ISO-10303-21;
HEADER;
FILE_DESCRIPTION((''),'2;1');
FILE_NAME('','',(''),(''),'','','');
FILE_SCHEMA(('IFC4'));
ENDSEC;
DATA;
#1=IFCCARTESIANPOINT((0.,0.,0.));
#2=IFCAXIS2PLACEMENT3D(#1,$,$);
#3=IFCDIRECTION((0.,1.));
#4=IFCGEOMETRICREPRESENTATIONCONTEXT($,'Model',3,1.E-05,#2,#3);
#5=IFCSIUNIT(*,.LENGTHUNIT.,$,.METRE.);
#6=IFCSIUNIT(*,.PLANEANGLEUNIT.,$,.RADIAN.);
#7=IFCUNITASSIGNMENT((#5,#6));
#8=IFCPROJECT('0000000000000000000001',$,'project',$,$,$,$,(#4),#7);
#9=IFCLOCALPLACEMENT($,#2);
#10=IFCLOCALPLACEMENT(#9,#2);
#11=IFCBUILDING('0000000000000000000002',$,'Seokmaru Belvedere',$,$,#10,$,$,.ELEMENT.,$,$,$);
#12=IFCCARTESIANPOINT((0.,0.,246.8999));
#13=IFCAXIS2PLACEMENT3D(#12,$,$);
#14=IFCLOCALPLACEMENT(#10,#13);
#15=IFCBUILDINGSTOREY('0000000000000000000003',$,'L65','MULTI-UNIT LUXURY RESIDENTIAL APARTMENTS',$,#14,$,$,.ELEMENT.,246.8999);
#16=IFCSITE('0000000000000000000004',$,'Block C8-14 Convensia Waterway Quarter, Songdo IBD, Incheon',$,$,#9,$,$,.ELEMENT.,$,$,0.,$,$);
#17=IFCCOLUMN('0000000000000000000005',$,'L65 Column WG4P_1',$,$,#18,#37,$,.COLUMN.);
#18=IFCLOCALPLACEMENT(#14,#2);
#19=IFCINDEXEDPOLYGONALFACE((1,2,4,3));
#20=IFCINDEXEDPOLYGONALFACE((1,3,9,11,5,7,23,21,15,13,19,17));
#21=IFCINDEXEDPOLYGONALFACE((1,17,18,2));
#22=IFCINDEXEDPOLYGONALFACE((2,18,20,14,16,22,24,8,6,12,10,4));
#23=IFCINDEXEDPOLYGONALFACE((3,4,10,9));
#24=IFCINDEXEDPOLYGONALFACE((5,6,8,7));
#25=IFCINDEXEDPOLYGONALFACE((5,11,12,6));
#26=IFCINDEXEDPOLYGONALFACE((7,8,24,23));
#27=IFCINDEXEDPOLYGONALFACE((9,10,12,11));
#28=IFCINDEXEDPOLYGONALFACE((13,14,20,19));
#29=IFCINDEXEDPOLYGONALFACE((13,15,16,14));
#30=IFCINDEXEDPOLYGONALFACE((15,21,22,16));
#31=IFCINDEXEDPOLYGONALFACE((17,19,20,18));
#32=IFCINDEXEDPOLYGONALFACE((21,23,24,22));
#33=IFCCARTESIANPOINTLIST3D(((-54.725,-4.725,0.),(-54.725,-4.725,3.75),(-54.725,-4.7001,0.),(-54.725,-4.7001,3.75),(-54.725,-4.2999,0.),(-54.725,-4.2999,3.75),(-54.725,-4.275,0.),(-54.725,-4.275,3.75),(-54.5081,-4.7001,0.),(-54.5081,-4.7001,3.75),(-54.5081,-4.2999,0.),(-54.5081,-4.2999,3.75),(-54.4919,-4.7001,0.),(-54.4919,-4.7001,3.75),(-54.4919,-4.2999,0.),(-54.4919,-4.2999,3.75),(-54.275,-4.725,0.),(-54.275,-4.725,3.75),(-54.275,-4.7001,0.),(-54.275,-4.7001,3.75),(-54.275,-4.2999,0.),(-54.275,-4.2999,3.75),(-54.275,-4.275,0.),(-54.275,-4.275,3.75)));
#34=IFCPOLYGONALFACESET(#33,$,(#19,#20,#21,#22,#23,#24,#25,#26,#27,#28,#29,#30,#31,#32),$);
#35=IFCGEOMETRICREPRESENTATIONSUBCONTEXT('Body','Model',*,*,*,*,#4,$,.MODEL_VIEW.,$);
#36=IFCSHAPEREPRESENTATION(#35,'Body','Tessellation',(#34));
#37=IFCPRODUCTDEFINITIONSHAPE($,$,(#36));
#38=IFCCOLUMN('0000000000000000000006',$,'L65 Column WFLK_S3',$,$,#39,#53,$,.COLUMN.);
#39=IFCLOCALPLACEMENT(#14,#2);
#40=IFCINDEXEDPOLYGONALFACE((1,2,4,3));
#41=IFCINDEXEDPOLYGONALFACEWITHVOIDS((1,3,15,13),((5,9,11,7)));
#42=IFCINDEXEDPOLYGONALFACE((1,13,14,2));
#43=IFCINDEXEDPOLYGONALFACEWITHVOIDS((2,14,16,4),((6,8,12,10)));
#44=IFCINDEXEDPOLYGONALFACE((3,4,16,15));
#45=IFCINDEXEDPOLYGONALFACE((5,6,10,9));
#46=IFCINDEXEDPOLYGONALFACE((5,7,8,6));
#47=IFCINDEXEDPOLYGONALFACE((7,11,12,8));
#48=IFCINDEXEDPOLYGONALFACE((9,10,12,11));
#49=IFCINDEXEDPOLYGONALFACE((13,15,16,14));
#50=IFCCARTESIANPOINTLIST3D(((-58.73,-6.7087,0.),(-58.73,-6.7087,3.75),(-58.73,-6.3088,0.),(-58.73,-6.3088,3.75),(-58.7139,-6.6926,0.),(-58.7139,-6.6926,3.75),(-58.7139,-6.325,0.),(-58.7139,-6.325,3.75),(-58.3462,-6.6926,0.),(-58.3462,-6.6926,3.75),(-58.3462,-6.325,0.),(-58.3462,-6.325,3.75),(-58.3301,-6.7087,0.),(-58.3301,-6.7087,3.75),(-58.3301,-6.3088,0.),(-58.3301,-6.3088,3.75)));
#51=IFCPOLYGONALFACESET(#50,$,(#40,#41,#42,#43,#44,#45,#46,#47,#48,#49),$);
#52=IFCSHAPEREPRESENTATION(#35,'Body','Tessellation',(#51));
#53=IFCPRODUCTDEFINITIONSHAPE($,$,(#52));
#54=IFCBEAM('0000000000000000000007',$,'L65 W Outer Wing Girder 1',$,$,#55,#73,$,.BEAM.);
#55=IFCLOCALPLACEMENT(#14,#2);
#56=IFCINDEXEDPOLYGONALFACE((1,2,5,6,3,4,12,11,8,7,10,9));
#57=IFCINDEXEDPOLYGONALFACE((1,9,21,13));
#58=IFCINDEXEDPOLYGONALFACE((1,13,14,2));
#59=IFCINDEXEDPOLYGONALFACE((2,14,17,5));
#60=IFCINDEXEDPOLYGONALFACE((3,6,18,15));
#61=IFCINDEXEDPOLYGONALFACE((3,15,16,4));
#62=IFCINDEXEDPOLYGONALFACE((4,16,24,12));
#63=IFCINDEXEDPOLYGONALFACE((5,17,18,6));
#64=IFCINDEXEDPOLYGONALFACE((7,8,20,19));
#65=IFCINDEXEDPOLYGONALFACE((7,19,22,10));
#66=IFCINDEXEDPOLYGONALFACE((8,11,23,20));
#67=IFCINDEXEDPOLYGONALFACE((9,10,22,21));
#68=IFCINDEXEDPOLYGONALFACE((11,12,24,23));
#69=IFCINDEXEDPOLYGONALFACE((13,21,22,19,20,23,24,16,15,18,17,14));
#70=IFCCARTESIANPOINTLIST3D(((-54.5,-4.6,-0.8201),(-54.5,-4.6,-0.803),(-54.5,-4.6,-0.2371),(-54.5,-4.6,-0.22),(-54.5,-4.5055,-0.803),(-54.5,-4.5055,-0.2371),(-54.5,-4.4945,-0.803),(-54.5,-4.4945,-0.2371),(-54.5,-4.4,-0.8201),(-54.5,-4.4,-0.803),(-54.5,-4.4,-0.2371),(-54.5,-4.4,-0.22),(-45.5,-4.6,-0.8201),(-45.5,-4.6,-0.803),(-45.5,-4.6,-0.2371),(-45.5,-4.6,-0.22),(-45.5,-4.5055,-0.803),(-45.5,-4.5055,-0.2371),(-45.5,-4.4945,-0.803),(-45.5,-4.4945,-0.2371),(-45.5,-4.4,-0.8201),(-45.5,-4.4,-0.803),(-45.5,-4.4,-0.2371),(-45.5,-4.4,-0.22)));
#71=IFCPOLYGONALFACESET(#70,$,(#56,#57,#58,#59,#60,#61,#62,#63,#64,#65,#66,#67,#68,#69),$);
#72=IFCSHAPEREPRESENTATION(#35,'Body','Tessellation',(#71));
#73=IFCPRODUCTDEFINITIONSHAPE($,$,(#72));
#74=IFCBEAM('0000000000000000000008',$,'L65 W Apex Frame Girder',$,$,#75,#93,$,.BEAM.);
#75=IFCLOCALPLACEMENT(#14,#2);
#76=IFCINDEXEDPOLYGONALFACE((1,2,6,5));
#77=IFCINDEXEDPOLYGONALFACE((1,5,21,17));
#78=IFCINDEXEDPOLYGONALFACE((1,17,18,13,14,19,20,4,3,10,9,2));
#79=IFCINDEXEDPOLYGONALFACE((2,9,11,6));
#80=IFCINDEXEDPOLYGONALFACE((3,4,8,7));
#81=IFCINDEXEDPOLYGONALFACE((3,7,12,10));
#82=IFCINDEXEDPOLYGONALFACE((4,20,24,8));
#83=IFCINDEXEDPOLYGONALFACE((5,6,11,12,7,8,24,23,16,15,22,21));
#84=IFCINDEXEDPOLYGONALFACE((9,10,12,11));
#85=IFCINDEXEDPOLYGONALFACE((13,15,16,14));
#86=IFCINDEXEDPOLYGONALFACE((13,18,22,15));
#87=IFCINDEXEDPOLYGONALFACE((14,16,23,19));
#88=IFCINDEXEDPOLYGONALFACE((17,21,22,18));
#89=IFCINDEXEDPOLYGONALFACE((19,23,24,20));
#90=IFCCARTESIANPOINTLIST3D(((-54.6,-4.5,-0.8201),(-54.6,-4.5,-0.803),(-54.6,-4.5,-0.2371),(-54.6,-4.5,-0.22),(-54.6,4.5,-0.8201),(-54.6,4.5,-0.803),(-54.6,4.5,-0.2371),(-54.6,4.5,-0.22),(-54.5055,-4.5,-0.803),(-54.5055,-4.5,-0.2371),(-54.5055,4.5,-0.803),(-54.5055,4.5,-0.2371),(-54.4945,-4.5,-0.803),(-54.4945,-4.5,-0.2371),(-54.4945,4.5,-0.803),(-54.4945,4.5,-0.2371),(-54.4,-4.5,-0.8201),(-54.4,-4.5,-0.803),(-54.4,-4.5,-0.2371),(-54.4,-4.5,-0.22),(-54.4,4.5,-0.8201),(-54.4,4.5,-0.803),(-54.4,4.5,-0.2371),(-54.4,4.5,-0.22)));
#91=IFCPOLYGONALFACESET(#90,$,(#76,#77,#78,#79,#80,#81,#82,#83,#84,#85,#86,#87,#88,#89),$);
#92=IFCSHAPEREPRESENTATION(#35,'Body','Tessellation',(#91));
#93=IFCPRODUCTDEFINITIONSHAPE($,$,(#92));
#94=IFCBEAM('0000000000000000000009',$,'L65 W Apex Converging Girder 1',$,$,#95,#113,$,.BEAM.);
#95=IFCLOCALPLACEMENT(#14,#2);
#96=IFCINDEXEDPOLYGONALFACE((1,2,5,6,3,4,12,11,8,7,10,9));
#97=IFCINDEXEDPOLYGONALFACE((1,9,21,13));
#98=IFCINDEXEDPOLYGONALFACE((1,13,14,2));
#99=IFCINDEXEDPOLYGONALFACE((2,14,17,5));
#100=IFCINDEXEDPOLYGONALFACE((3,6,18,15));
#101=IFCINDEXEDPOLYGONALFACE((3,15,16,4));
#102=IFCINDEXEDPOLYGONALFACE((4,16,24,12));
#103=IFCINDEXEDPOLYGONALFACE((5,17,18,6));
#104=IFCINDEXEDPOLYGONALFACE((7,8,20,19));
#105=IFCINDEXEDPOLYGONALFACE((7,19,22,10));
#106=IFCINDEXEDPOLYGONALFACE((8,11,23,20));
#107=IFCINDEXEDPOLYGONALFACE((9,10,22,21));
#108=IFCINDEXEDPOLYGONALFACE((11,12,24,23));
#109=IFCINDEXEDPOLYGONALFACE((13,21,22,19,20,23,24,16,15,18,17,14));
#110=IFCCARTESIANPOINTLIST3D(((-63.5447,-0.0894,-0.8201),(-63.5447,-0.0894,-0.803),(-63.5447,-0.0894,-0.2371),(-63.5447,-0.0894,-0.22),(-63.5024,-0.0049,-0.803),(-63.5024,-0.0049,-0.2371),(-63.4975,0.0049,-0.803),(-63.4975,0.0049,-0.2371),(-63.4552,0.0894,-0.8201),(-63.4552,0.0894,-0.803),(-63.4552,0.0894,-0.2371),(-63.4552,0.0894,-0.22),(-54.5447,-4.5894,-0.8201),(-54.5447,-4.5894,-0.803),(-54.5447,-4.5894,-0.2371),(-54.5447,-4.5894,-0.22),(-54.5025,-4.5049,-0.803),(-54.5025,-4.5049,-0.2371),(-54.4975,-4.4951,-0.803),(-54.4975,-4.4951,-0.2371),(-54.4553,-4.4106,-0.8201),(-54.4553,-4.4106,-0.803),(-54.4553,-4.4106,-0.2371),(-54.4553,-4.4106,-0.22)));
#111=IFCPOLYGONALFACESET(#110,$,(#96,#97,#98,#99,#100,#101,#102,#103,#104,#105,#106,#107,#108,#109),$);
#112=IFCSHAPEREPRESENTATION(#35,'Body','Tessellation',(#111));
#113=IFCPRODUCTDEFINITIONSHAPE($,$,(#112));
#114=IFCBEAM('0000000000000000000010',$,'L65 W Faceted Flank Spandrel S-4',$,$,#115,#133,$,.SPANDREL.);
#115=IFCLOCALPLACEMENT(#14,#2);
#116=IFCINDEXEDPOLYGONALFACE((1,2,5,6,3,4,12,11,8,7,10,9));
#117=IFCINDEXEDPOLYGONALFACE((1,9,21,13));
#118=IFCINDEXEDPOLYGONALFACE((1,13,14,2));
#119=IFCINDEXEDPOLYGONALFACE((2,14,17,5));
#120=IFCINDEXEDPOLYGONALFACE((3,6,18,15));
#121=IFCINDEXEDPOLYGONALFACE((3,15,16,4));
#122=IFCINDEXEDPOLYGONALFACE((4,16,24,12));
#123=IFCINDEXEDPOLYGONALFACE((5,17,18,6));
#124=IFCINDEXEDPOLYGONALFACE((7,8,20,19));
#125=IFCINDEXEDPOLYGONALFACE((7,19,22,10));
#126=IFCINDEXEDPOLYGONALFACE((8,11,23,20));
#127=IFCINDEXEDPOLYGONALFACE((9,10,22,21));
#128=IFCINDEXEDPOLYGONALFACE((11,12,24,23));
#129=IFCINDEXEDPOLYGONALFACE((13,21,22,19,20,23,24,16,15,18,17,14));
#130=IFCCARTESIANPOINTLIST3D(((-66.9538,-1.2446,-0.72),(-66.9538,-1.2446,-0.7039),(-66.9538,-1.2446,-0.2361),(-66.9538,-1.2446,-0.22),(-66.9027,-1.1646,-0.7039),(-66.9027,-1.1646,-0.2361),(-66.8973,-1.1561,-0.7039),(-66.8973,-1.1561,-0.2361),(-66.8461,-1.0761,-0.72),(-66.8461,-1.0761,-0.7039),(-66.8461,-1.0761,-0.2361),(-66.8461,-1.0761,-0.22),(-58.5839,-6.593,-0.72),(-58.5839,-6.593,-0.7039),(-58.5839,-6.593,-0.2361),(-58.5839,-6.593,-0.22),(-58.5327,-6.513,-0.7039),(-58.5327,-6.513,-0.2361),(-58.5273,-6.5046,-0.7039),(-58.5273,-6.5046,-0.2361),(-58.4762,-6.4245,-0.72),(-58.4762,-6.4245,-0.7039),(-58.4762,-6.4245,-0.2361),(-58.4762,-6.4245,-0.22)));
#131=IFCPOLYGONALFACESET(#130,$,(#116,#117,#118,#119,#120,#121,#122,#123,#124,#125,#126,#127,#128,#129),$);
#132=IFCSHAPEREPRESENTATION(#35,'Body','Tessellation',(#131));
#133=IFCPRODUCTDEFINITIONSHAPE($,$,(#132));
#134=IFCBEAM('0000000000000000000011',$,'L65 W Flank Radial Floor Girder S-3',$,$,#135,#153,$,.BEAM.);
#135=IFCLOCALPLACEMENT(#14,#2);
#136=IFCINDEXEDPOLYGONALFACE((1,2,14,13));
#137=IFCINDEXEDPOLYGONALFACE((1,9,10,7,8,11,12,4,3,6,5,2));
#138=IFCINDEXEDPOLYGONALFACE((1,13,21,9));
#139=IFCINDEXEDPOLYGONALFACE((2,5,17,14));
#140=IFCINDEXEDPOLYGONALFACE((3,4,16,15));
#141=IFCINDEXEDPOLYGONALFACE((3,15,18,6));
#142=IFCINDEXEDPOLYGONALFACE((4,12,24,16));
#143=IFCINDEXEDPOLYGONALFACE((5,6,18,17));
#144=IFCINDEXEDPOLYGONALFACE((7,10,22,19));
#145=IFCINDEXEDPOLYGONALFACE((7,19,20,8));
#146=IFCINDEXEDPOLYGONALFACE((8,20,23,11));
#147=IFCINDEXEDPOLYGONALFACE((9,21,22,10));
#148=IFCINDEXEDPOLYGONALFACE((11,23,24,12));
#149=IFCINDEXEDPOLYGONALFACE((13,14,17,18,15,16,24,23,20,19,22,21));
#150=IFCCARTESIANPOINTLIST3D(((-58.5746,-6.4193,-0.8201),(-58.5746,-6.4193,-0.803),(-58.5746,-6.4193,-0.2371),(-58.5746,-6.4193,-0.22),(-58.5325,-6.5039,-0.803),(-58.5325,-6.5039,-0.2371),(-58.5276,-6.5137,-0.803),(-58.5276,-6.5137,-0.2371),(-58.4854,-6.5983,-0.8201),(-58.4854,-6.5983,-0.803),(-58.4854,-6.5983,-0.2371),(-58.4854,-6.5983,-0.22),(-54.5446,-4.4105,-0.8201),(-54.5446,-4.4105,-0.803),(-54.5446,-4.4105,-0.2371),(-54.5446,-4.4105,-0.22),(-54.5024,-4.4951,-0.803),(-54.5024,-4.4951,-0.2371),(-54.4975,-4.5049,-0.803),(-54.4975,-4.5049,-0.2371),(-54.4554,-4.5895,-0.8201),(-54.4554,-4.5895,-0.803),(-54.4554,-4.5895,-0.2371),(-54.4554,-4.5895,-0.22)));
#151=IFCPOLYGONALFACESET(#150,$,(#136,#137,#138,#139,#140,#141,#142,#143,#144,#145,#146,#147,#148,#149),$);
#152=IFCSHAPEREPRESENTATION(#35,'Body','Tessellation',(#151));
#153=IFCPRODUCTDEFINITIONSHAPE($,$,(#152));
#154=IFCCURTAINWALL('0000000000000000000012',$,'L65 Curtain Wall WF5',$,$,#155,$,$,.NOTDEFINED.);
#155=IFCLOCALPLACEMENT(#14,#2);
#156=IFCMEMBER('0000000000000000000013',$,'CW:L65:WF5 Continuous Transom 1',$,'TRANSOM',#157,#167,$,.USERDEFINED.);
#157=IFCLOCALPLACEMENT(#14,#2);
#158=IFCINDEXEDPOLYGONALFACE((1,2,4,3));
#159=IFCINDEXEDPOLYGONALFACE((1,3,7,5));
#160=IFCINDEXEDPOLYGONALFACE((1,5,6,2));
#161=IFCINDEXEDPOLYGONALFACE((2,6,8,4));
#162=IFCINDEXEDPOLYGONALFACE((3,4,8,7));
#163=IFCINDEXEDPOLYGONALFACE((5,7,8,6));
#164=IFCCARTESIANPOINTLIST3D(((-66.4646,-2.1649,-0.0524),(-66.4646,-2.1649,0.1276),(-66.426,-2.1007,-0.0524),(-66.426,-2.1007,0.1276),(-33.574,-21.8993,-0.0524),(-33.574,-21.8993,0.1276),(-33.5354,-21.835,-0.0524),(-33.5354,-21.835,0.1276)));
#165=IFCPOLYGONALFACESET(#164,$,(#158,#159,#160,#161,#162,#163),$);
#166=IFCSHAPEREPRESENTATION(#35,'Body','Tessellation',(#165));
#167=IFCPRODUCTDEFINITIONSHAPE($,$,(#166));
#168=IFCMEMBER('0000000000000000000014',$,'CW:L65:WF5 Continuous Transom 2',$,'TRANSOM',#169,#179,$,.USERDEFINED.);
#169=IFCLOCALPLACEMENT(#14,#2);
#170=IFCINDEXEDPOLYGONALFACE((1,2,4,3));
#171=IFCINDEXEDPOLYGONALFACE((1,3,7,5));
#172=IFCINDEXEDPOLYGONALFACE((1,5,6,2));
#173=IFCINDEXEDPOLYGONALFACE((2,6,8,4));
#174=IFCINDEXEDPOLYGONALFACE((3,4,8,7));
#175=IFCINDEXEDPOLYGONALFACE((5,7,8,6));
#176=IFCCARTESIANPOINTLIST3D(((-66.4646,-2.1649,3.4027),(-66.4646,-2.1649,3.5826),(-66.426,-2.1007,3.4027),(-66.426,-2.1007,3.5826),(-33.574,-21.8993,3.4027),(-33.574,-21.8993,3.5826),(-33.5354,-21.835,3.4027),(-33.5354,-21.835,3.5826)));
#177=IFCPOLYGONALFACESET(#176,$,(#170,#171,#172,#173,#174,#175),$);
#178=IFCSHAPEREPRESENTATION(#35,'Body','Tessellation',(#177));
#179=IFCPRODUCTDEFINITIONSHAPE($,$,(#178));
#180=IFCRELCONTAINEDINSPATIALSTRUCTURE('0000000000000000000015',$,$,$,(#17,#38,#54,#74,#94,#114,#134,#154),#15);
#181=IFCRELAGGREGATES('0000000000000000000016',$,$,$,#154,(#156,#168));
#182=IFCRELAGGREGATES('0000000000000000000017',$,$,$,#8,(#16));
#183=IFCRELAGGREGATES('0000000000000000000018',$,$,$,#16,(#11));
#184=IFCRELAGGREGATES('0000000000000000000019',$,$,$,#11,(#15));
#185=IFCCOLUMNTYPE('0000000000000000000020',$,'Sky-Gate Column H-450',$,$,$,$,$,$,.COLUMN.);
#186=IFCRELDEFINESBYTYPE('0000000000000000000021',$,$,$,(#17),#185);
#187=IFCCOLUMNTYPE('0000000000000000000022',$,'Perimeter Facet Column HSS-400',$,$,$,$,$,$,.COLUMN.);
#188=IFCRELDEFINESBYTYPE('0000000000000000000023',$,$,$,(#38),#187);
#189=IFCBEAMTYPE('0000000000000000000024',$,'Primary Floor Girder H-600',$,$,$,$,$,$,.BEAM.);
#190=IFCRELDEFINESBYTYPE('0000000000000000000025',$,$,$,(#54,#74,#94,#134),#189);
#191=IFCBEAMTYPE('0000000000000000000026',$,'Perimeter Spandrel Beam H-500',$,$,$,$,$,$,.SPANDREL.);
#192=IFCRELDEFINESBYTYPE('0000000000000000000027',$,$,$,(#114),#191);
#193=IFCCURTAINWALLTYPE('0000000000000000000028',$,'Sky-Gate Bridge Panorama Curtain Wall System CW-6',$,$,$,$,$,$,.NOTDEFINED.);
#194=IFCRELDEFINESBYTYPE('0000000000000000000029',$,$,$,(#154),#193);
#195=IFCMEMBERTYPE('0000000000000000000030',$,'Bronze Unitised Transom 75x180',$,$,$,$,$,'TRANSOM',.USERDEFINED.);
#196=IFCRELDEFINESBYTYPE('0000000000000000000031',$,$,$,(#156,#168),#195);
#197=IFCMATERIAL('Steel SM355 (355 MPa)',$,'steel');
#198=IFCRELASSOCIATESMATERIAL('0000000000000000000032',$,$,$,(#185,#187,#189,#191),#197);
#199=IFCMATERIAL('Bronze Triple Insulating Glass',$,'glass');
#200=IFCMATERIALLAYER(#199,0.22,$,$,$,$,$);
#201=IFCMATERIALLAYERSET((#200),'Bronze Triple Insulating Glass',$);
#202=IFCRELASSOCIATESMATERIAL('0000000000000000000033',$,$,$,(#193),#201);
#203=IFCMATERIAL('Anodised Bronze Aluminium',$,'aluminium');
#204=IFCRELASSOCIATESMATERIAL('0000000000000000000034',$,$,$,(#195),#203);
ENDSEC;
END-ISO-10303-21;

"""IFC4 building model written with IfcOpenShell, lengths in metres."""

from ifc_helpers import new_model, si_unit, direction, frame, origin, origin_2d, place, context, subcontext, project, spatial, rectangle, hollow_rectangle, i_section, extrude, source, transform, mapped, material, layer, layer_set, material_profile, profile_set, type_object, type_shapes, element, aggregate, save


model = new_model("IFC4")

# Units and contexts
model_context = context("Model", 3, precision=1e-05, world=origin(), true_north=direction((0.0, 1.0)))
body_context = subcontext(model_context, "Body", "Model", "MODEL_VIEW")
ifc_project = project(units=[si_unit("LENGTHUNIT", "METRE"), si_unit("PLANEANGLEUNIT", "RADIAN")], contexts=[model_context])

# Site, building, storey
site_placement = place(None, origin())
site = spatial("IfcSite", under=ifc_project, at=site_placement, Name="Block C8-14 Convensia Waterway Quarter, Songdo IBD, Incheon", CompositionType="ELEMENT", RefElevation=0.0)
building_placement = place(site_placement, origin())
building = spatial("IfcBuilding", under=site, at=building_placement, Name="Seokmaru Belvedere", CompositionType="ELEMENT")
storey_placement = place(building_placement, frame((0.0, 0.0, 246.8999)))
storey = spatial("IfcBuildingStorey", under=building, at=storey_placement, Name="L65", Description="MULTI-UNIT LUXURY RESIDENTIAL APARTMENTS", CompositionType="ELEMENT", Elevation=246.8999)

# Columns
ifc_material_1 = material(Name="Steel SM355 (355 MPa)", Category="steel")
ifc_material_profile_1 = material_profile(ifc_material_1, i_section(OverallWidth=0.45, OverallDepth=0.45, WebThickness=0.0161, FlangeThickness=0.0249, at=origin_2d()), Name="H-450x450x16x25")
ifc_profile_set_1 = profile_set([ifc_material_profile_1], Name="Steel SM355 (355 MPa)")
column_type_1 = type_object("IfcColumnType", Name="Sky-Gate Column H-450", PredefinedType="COLUMN", material=ifc_profile_set_1)
shared_shape_1 = source(origin(), body_context, "Body", "SweptSolid", [
    extrude(i_section(OverallWidth=0.45, OverallDepth=0.45, WebThickness=0.0161, FlangeThickness=0.0249, at=origin_2d()), origin(), (0.0, 0.0, 1.0), 3.75),
])
type_shapes(column_type_1, [shared_shape_1])
column_1_placement = place(storey_placement, frame((-54.5, -4.5, 0.0), z_axis=(0.0, 0.0, 1.0), x_axis=(1.0, 0.0, 0.0)))
element("IfcColumn", 1, at=column_1_placement, inside=storey, type_object=column_type_1, Name="L65 Column WG4P_1", PredefinedType="COLUMN", context=body_context, shape_type="MappedRepresentation", body=[
    mapped(shared_shape_1, transform((0.0, 0.0, 0.0), scale=1.0)),
])
ifc_material_profile_2 = material_profile(ifc_material_1, hollow_rectangle(XDim=0.3999, YDim=0.3999, WallThickness=0.0161, at=origin_2d()), Name="HSS-400x400x16")
ifc_profile_set_2 = profile_set([ifc_material_profile_2], Name="Steel SM355 (355 MPa)")
column_type_2 = type_object("IfcColumnType", Name="Perimeter Facet Column HSS-400", PredefinedType="COLUMN", material=ifc_profile_set_2)
shared_shape_2 = source(origin(), body_context, "Body", "SweptSolid", [
    extrude(hollow_rectangle(XDim=0.3999, YDim=0.3999, WallThickness=0.0161, at=origin_2d()), origin(), (0.0, 0.0, 1.0), 3.75),
])
type_shapes(column_type_2, [shared_shape_2])
column_2_placement = place(storey_placement, frame((-58.53, -6.5088, 0.0), z_axis=(0.0, 0.0, 1.0), x_axis=(1.0, 0.0, 0.0)))
element("IfcColumn", 2, at=column_2_placement, inside=storey, type_object=column_type_2, Name="L65 Column WFLK_S3", PredefinedType="COLUMN", context=body_context, shape_type="MappedRepresentation", body=[
    mapped(shared_shape_2, transform((0.0, 0.0, 0.0), scale=1.0)),
])

# Beams
ifc_material_profile_3 = material_profile(ifc_material_1, i_section(OverallWidth=0.2, OverallDepth=0.6001, WebThickness=0.011, FlangeThickness=0.0171, at=origin_2d()), Name="H-600x200x11x17")
ifc_profile_set_3 = profile_set([ifc_material_profile_3], Name="Steel SM355 (355 MPa)")
beam_type_1 = type_object("IfcBeamType", Name="Primary Floor Girder H-600", PredefinedType="BEAM", material=ifc_profile_set_3)
shared_shape_3 = source(origin(), body_context, "Body", "SweptSolid", [
    extrude(i_section(OverallWidth=0.2, OverallDepth=0.6001, WebThickness=0.011, FlangeThickness=0.0171, at=origin_2d()), origin(), (0.0, 0.0, 1.0), 9.0),
])
for number, where, z_axis, x_axis, name in (
    (3, (-54.5, -4.5, -0.52), (1.0, 0.0, 0.0), (0.0, 1.0, 0.0), "L65 W Outer Wing Girder 1"),
    (4, (-54.5, -4.5, -0.52), (0.0, 1.0, 0.0), (-1.0, 0.0, 0.0), "L65 W Apex Frame Girder"),
):
    element("IfcBeam", number, at=place(storey_placement, frame(where, z_axis=z_axis, x_axis=x_axis)), inside=storey, type_object=beam_type_1, Name=name, PredefinedType="BEAM", context=body_context, shape_type="MappedRepresentation", body=[
        mapped(shared_shape_3, transform((0.0, 0.0, 0.0), scale=1.0)),
    ])
shared_shape_4 = source(origin(), body_context, "Body", "SweptSolid", [
    extrude(i_section(OverallWidth=0.2, OverallDepth=0.6001, WebThickness=0.011, FlangeThickness=0.0171, at=origin_2d()), origin(), (0.0, 0.0, 1.0), 10.0623),
])
beam_1_placement = place(storey_placement, frame((-54.5, -4.5, -0.52), z_axis=(-0.894427, 0.447214, 0.0), x_axis=(-0.447214, -0.894427, 0.0)))
element("IfcBeam", 5, at=beam_1_placement, inside=storey, type_object=beam_type_1, Name="L65 W Apex Converging Girder 1", PredefinedType="BEAM", context=body_context, shape_type="MappedRepresentation", body=[
    mapped(shared_shape_4, transform((0.0, 0.0, 0.0), scale=1.0)),
])
ifc_material_profile_4 = material_profile(ifc_material_1, i_section(OverallWidth=0.2, OverallDepth=0.5, WebThickness=0.01, FlangeThickness=0.0161, at=origin_2d()), Name="H-500x200x10x16")
ifc_profile_set_4 = profile_set([ifc_material_profile_4], Name="Steel SM355 (355 MPa)")
beam_type_2 = type_object("IfcBeamType", Name="Perimeter Spandrel Beam H-500", PredefinedType="SPANDREL", material=ifc_profile_set_4)
shared_shape_5 = source(origin(), body_context, "Body", "SweptSolid", [
    extrude(i_section(OverallWidth=0.2, OverallDepth=0.5, WebThickness=0.01, FlangeThickness=0.0161, at=origin_2d()), origin(), (0.0, 0.0, 1.0), 9.9329),
])
type_shapes(beam_type_2, [shared_shape_5])
beam_2_placement = place(storey_placement, frame((-58.53, -6.5088, -0.47), z_axis=(-0.842652, 0.538459, 0.0), x_axis=(-0.538459, -0.842652, 0.0)))
element("IfcBeam", 6, at=beam_2_placement, inside=storey, type_object=beam_type_2, Name="L65 W Faceted Flank Spandrel S-4", PredefinedType="SPANDREL", context=body_context, shape_type="MappedRepresentation", body=[
    mapped(shared_shape_5, transform((0.0, 0.0, 0.0), scale=1.0)),
])
shared_shape_6 = source(origin(), body_context, "Body", "SweptSolid", [
    extrude(i_section(OverallWidth=0.2, OverallDepth=0.6001, WebThickness=0.011, FlangeThickness=0.0171, at=origin_2d()), origin(), (0.0, 0.0, 1.0), 4.5029),
])
type_shapes(beam_type_1, [shared_shape_3, shared_shape_4, shared_shape_6])
beam_3_placement = place(storey_placement, frame((-58.53, -6.5088, -0.52), z_axis=(0.89498, 0.446107, 0.0), x_axis=(-0.446107, 0.89498, 0.0)))
element("IfcBeam", 7, at=beam_3_placement, inside=storey, type_object=beam_type_1, Name="L65 W Flank Radial Floor Girder S-3", PredefinedType="BEAM", context=body_context, shape_type="MappedRepresentation", body=[
    mapped(shared_shape_6, transform((0.0, 0.0, 0.0), scale=1.0)),
])

# Curtain wall, members
ifc_material_2 = material(Name="Bronze Triple Insulating Glass", Category="glass")
ifc_layer_1 = layer(ifc_material_2, 0.22)
ifc_layer_set_1 = layer_set([ifc_layer_1], Name="Bronze Triple Insulating Glass")
curtain_wall_type = type_object("IfcCurtainWallType", Name="Sky-Gate Bridge Panorama Curtain Wall System CW-6", PredefinedType="NOTDEFINED", material=ifc_layer_set_1)
curtain_wall_placement = place(storey_placement, origin())
curtain_wall = element("IfcCurtainWall", 8, at=curtain_wall_placement, inside=storey, type_object=curtain_wall_type, Name="L65 Curtain Wall WF5", PredefinedType="NOTDEFINED")
ifc_material_3 = material(Name="Anodised Bronze Aluminium", Category="aluminium")
ifc_material_profile_5 = material_profile(ifc_material_3, rectangle(XDim=0.075, YDim=0.1799, at=origin_2d()), Name="CW-T-75x180")
ifc_profile_set_5 = profile_set([ifc_material_profile_5], Name="Anodised Bronze Aluminium")
member_type_1 = type_object("IfcMemberType", Name="Bronze Unitised Transom 75x180", ElementType="TRANSOM", PredefinedType="USERDEFINED", material=ifc_profile_set_5)
shared_shape_7 = source(origin(), body_context, "Body", "SweptSolid", [
    extrude(rectangle(XDim=0.075, YDim=0.1799, at=origin_2d()), origin(), (0.0, 0.0, 1.0), 38.3567),
])
type_shapes(member_type_1, [shared_shape_7])
member_1_placement = place(storey_placement, frame((-66.4453, -2.1328, 0.0376), z_axis=(0.857493, -0.514496, 0.0), x_axis=(0.514496, 0.857493, 0.0)))
member_1 = element("IfcMember", 9, at=member_1_placement, type_object=member_type_1, Name="CW:L65:WF5 Continuous Transom 1", ObjectType="TRANSOM", PredefinedType="USERDEFINED", context=body_context, shape_type="MappedRepresentation", body=[
    mapped(shared_shape_7, transform((0.0, 0.0, 0.0), scale=1.0)),
])
member_2_placement = place(storey_placement, frame((-66.4453, -2.1328, 3.4927), z_axis=(0.857493, -0.514496, 0.0), x_axis=(0.514496, 0.857493, 0.0)))
member_2 = element("IfcMember", 10, at=member_2_placement, type_object=member_type_1, Name="CW:L65:WF5 Continuous Transom 2", ObjectType="TRANSOM", PredefinedType="USERDEFINED", context=body_context, shape_type="MappedRepresentation", body=[
    mapped(shared_shape_7, transform((0.0, 0.0, 0.0), scale=1.0)),
])
aggregate(curtain_wall, [member_1, member_2])

save(model, "model.ifc")
